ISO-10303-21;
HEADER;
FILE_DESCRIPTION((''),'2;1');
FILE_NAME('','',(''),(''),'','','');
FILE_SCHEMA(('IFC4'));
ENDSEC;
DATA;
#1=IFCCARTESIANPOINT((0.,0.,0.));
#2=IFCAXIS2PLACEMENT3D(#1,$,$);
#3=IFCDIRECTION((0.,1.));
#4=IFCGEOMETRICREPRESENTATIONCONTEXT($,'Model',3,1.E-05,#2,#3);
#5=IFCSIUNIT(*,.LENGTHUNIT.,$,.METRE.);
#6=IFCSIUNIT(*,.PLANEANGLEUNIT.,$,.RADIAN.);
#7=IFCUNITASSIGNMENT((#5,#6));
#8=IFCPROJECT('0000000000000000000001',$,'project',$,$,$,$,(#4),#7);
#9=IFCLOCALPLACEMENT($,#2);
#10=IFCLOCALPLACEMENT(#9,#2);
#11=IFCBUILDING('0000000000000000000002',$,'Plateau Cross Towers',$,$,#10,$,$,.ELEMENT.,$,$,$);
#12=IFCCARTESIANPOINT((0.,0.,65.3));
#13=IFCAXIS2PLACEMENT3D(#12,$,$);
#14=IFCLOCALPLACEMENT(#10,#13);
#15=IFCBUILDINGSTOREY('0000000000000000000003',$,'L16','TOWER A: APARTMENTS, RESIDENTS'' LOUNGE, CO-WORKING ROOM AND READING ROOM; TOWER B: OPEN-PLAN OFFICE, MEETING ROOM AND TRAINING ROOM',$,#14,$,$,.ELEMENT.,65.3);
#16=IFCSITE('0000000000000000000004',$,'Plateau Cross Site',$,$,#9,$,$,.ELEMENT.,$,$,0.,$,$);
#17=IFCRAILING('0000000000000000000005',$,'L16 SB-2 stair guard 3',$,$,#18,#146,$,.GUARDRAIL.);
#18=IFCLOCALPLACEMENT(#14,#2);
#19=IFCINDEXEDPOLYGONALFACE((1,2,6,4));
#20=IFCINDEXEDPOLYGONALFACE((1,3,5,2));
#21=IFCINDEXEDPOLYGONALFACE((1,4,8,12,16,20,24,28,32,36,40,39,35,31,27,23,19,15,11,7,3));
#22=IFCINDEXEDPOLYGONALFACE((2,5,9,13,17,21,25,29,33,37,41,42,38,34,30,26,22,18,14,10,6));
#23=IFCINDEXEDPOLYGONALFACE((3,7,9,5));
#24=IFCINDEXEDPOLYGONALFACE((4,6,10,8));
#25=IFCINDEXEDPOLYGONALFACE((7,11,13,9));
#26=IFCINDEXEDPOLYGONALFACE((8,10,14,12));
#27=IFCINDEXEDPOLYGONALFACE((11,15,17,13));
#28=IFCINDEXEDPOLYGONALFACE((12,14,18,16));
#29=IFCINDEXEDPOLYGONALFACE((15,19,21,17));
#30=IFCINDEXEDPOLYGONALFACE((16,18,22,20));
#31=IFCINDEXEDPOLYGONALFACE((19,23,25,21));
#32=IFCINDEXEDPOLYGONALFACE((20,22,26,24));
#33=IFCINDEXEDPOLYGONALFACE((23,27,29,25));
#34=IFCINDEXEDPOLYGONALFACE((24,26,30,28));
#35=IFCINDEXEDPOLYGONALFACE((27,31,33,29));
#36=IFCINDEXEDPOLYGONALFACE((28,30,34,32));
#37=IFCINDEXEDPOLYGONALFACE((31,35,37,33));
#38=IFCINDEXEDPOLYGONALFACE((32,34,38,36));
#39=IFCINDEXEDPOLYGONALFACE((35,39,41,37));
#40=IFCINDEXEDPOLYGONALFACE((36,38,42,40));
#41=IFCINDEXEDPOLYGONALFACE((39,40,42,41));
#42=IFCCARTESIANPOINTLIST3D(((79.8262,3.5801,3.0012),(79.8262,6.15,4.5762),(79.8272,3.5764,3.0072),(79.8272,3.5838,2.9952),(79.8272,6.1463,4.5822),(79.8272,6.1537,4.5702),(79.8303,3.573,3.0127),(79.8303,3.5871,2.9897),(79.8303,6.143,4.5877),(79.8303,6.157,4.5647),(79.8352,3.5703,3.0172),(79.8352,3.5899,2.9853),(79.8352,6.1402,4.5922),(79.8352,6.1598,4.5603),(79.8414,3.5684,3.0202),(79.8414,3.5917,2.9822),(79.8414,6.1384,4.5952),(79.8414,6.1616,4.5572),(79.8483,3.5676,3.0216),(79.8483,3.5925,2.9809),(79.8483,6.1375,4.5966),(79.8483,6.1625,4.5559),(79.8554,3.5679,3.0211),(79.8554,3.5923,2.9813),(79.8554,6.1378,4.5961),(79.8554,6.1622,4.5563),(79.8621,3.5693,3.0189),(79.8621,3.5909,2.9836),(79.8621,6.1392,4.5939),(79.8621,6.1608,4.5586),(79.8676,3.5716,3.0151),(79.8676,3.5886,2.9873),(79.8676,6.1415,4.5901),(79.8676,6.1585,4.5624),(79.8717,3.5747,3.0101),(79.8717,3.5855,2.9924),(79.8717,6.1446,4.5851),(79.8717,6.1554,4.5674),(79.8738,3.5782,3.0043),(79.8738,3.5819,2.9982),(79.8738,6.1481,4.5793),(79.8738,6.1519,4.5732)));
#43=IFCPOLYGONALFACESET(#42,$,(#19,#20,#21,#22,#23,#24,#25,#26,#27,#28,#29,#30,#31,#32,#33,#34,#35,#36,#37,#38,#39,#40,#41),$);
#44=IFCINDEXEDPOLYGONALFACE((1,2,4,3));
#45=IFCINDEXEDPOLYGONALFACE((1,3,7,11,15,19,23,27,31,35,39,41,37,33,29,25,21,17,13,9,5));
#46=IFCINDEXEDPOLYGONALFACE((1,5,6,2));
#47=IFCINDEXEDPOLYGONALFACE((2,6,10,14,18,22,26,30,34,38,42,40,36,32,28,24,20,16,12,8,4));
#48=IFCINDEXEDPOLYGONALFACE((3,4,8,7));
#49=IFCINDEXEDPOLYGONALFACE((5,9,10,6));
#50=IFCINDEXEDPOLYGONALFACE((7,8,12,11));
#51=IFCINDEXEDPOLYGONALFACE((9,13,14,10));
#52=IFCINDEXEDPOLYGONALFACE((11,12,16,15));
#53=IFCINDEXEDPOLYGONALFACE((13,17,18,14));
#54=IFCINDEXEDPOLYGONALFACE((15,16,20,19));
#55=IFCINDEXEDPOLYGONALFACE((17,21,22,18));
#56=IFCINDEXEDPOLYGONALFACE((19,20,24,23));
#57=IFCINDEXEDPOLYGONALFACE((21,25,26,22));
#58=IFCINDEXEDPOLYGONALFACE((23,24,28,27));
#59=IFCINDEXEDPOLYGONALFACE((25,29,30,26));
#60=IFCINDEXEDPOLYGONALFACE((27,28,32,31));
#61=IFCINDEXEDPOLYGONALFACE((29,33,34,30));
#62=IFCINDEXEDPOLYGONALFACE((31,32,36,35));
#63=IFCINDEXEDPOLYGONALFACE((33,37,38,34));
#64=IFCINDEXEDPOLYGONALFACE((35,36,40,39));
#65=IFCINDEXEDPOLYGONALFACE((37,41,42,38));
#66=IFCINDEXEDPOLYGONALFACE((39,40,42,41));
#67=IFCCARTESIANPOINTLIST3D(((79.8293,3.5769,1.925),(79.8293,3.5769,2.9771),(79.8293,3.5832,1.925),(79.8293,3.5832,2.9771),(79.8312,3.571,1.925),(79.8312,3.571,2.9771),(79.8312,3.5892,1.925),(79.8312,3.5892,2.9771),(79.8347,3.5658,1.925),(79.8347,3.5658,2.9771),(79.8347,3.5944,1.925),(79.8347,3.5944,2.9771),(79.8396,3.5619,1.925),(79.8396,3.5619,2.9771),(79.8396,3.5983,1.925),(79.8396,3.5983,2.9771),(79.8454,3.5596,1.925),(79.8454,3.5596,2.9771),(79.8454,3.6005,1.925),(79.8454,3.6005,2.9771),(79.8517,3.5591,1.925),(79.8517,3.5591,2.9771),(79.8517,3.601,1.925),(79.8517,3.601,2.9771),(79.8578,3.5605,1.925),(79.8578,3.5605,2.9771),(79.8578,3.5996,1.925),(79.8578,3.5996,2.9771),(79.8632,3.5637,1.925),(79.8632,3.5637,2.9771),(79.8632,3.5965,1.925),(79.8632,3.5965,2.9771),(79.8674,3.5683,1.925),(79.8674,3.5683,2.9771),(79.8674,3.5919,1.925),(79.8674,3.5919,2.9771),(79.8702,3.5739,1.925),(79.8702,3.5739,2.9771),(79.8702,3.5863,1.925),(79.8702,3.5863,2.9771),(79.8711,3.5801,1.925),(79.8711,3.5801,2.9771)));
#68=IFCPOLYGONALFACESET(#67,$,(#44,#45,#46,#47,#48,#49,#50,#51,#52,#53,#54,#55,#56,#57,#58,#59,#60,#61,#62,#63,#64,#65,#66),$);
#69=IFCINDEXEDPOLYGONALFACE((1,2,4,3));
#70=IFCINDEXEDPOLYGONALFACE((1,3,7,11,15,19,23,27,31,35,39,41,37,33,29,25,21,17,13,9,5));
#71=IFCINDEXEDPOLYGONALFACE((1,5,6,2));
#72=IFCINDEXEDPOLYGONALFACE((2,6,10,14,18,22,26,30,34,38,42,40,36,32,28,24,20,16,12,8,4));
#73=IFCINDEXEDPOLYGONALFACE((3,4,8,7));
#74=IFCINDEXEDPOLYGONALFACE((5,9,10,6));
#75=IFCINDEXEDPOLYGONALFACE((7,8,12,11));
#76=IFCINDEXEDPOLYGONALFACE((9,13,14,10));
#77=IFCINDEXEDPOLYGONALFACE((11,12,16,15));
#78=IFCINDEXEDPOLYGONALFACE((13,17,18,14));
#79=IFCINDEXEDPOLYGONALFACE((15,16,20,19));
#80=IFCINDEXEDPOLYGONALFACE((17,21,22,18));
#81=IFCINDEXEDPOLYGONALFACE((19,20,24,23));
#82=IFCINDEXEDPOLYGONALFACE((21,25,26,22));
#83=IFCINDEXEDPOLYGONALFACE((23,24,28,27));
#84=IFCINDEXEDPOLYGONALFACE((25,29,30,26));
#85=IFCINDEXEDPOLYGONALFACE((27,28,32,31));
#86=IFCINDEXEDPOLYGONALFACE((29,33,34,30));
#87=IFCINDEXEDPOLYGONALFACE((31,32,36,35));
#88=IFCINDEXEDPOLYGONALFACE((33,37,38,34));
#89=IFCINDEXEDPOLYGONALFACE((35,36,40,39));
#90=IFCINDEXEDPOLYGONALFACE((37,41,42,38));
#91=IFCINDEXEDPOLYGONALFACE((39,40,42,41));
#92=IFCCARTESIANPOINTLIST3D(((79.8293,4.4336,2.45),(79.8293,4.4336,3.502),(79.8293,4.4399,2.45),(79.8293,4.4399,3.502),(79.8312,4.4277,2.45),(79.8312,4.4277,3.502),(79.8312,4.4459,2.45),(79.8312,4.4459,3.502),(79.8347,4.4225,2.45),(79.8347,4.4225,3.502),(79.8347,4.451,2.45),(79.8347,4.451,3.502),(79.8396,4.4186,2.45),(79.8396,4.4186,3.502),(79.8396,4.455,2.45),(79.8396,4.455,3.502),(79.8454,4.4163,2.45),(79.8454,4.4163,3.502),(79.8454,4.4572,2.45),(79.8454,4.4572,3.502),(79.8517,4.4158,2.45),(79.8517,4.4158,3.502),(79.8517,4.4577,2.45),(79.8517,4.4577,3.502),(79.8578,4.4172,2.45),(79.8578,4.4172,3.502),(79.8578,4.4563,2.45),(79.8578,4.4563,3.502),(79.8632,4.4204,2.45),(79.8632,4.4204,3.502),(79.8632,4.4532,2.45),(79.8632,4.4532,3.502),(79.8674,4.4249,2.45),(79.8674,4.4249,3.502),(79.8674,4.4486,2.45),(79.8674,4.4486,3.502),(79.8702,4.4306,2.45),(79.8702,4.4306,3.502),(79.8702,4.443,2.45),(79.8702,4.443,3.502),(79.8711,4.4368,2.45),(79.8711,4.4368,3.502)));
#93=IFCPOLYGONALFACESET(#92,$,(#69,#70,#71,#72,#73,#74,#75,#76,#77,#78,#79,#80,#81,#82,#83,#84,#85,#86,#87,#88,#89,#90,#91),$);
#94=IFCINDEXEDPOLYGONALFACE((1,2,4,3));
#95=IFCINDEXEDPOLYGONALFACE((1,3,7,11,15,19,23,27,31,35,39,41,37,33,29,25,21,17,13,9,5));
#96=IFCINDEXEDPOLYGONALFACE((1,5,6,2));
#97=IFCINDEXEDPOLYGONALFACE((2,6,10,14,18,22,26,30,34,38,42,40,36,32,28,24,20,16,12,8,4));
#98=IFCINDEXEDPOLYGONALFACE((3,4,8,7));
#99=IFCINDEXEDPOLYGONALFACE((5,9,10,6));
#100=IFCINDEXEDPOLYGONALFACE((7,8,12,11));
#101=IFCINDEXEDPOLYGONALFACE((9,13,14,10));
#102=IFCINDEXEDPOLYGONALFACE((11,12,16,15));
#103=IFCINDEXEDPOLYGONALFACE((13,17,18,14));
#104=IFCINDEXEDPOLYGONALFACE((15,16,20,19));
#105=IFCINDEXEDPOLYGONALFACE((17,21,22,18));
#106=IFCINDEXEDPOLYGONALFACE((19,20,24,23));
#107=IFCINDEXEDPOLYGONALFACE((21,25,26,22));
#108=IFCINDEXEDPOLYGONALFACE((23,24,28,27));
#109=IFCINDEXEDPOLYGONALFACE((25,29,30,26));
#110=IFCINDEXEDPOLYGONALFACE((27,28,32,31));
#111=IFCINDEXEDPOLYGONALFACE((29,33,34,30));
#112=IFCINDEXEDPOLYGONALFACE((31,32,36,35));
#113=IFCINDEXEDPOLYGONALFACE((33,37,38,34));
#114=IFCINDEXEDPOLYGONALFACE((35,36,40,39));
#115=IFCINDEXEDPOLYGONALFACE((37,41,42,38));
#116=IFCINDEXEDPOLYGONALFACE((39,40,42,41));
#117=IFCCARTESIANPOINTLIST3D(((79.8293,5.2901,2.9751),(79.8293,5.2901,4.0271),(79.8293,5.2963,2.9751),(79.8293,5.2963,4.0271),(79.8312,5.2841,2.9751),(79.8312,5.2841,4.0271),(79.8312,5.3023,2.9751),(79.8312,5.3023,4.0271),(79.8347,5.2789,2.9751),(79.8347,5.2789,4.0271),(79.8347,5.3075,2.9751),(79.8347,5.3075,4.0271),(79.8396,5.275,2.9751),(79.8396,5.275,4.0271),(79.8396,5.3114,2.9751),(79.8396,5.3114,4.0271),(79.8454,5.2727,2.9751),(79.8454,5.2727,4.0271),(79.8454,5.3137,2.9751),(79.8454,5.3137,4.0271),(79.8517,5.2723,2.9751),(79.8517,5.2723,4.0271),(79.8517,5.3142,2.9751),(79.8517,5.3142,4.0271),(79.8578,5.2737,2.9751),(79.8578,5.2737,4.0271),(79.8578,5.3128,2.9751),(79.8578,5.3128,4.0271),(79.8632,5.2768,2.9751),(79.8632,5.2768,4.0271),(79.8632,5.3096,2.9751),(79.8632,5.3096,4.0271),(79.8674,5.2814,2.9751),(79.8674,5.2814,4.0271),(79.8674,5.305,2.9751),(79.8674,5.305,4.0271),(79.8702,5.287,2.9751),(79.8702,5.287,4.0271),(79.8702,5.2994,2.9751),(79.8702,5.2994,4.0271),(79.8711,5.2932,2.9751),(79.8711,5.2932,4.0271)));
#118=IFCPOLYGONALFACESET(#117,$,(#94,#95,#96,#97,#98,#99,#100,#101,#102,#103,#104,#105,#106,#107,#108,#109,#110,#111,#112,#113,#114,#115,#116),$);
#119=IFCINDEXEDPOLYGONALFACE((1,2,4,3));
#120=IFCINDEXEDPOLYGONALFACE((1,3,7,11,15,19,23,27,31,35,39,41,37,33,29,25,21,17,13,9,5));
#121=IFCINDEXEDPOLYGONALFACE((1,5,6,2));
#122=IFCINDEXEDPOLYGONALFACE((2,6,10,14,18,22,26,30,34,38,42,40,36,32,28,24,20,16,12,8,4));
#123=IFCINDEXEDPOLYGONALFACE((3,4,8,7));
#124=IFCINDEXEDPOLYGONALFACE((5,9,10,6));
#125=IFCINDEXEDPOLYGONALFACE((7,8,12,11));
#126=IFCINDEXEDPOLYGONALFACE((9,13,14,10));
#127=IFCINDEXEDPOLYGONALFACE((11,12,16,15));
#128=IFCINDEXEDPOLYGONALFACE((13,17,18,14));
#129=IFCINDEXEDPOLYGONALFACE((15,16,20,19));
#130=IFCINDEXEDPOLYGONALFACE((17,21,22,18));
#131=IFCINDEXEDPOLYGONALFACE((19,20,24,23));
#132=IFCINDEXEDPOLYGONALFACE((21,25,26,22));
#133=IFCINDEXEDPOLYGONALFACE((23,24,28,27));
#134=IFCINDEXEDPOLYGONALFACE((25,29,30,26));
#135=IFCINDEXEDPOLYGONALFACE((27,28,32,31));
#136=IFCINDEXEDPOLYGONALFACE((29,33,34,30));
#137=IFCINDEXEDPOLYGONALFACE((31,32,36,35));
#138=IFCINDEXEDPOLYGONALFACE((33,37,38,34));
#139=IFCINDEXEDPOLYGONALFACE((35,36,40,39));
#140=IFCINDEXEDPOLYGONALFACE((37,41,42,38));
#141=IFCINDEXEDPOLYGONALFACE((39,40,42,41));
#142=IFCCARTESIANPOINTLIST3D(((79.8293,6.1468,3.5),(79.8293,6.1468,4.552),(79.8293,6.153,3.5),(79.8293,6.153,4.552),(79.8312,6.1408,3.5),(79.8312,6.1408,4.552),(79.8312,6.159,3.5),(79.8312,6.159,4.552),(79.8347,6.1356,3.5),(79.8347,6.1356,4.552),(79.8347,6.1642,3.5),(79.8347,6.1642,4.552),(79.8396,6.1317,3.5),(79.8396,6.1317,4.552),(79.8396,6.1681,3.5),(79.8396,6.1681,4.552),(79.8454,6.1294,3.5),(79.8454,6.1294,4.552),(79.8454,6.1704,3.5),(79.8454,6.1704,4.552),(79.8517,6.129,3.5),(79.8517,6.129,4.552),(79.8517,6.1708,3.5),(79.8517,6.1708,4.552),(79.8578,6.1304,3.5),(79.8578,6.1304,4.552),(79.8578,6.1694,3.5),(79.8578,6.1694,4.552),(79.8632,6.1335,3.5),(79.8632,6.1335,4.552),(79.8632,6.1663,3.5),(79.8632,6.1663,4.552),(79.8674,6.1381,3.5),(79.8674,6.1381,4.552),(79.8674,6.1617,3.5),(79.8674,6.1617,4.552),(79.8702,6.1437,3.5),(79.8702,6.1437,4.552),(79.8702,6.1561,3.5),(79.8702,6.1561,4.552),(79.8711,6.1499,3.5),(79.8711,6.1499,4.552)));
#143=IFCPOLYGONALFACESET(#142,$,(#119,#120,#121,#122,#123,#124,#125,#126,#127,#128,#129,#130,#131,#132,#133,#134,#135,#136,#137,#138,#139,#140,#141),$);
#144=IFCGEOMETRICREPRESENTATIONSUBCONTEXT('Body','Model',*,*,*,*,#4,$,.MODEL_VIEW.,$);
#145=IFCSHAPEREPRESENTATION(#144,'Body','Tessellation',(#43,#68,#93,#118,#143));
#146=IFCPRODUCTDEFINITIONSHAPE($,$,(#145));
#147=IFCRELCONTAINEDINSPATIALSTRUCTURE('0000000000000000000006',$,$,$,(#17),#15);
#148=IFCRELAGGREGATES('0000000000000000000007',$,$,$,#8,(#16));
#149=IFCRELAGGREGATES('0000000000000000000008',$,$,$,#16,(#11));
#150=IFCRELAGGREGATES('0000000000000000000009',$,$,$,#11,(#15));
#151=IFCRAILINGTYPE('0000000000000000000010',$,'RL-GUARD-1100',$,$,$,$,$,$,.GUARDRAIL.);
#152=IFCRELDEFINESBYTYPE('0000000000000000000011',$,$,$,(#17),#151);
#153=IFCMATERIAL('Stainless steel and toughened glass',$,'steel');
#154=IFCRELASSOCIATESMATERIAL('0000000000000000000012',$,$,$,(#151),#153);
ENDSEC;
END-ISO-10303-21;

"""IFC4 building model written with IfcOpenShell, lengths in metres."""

from ifc_helpers import new_model, si_unit, direction, frame, origin, origin_2d, place, context, subcontext, project, spatial, circle, extrude, material, type_object, element, save


model = new_model("IFC4")

# Units and contexts
model_context = context("Model", 3, precision=1e-05, world=origin(), true_north=direction((0.0, 1.0)))
body_context = subcontext(model_context, "Body", "Model", "MODEL_VIEW")
ifc_project = project(units=[si_unit("LENGTHUNIT", "METRE"), si_unit("PLANEANGLEUNIT", "RADIAN")], contexts=[model_context])

# Site, building, storey
site_placement = place(None, origin())
site = spatial("IfcSite", under=ifc_project, at=site_placement, Name="Plateau Cross Site", CompositionType="ELEMENT", RefElevation=0.0)
building_placement = place(site_placement, origin())
building = spatial("IfcBuilding", under=site, at=building_placement, Name="Plateau Cross Towers", CompositionType="ELEMENT")
storey_placement = place(building_placement, frame((0.0, 0.0, 65.3)))
storey = spatial("IfcBuildingStorey", under=building, at=storey_placement, Name="L16", Description="TOWER A: APARTMENTS, RESIDENTS' LOUNGE, CO-WORKING ROOM AND READING ROOM; TOWER B: OPEN-PLAN OFFICE, MEETING ROOM AND TRAINING ROOM", CompositionType="ELEMENT", Elevation=65.3)

# Railing
ifc_material_1 = material(Name="Stainless steel and toughened glass", Category="steel")
railing_type_1 = type_object("IfcRailingType", Name="RL-GUARD-1100", PredefinedType="GUARDRAIL", material=ifc_material_1)
railing_1_placement = place(storey_placement, frame((79.8501, 3.5801, 1.925)))
element("IfcRailing", 1, at=railing_1_placement, inside=storey, type_object=railing_type_1, Name="L16 SB-2 stair guard 3", PredefinedType="GUARDRAIL", context=body_context, shape_type="SweptSolid", body=[
    extrude(circle(Radius=0.0239, at=origin_2d()), frame((0.0, 0.0, 1.0762), z_axis=(0.0, 0.852616, 0.522537), x_axis=(-1.0, 0.0, 0.0)), (0.0, 0.0, 1.0), 3.0142),
    extrude(circle(Radius=0.021, at=origin_2d()), origin(), (0.0, 0.0, 1.0), 1.052),
    extrude(circle(Radius=0.021, at=origin_2d()), frame((0.0, 0.8567, 0.5249)), (0.0, 0.0, 1.0), 1.052),
    extrude(circle(Radius=0.021, at=origin_2d()), frame((0.0, 1.7131, 1.05)), (0.0, 0.0, 1.0), 1.052),
    extrude(circle(Radius=0.021, at=origin_2d()), frame((0.0, 2.5698, 1.575)), (0.0, 0.0, 1.0), 1.052),
])

save(model, "model.ifc")
